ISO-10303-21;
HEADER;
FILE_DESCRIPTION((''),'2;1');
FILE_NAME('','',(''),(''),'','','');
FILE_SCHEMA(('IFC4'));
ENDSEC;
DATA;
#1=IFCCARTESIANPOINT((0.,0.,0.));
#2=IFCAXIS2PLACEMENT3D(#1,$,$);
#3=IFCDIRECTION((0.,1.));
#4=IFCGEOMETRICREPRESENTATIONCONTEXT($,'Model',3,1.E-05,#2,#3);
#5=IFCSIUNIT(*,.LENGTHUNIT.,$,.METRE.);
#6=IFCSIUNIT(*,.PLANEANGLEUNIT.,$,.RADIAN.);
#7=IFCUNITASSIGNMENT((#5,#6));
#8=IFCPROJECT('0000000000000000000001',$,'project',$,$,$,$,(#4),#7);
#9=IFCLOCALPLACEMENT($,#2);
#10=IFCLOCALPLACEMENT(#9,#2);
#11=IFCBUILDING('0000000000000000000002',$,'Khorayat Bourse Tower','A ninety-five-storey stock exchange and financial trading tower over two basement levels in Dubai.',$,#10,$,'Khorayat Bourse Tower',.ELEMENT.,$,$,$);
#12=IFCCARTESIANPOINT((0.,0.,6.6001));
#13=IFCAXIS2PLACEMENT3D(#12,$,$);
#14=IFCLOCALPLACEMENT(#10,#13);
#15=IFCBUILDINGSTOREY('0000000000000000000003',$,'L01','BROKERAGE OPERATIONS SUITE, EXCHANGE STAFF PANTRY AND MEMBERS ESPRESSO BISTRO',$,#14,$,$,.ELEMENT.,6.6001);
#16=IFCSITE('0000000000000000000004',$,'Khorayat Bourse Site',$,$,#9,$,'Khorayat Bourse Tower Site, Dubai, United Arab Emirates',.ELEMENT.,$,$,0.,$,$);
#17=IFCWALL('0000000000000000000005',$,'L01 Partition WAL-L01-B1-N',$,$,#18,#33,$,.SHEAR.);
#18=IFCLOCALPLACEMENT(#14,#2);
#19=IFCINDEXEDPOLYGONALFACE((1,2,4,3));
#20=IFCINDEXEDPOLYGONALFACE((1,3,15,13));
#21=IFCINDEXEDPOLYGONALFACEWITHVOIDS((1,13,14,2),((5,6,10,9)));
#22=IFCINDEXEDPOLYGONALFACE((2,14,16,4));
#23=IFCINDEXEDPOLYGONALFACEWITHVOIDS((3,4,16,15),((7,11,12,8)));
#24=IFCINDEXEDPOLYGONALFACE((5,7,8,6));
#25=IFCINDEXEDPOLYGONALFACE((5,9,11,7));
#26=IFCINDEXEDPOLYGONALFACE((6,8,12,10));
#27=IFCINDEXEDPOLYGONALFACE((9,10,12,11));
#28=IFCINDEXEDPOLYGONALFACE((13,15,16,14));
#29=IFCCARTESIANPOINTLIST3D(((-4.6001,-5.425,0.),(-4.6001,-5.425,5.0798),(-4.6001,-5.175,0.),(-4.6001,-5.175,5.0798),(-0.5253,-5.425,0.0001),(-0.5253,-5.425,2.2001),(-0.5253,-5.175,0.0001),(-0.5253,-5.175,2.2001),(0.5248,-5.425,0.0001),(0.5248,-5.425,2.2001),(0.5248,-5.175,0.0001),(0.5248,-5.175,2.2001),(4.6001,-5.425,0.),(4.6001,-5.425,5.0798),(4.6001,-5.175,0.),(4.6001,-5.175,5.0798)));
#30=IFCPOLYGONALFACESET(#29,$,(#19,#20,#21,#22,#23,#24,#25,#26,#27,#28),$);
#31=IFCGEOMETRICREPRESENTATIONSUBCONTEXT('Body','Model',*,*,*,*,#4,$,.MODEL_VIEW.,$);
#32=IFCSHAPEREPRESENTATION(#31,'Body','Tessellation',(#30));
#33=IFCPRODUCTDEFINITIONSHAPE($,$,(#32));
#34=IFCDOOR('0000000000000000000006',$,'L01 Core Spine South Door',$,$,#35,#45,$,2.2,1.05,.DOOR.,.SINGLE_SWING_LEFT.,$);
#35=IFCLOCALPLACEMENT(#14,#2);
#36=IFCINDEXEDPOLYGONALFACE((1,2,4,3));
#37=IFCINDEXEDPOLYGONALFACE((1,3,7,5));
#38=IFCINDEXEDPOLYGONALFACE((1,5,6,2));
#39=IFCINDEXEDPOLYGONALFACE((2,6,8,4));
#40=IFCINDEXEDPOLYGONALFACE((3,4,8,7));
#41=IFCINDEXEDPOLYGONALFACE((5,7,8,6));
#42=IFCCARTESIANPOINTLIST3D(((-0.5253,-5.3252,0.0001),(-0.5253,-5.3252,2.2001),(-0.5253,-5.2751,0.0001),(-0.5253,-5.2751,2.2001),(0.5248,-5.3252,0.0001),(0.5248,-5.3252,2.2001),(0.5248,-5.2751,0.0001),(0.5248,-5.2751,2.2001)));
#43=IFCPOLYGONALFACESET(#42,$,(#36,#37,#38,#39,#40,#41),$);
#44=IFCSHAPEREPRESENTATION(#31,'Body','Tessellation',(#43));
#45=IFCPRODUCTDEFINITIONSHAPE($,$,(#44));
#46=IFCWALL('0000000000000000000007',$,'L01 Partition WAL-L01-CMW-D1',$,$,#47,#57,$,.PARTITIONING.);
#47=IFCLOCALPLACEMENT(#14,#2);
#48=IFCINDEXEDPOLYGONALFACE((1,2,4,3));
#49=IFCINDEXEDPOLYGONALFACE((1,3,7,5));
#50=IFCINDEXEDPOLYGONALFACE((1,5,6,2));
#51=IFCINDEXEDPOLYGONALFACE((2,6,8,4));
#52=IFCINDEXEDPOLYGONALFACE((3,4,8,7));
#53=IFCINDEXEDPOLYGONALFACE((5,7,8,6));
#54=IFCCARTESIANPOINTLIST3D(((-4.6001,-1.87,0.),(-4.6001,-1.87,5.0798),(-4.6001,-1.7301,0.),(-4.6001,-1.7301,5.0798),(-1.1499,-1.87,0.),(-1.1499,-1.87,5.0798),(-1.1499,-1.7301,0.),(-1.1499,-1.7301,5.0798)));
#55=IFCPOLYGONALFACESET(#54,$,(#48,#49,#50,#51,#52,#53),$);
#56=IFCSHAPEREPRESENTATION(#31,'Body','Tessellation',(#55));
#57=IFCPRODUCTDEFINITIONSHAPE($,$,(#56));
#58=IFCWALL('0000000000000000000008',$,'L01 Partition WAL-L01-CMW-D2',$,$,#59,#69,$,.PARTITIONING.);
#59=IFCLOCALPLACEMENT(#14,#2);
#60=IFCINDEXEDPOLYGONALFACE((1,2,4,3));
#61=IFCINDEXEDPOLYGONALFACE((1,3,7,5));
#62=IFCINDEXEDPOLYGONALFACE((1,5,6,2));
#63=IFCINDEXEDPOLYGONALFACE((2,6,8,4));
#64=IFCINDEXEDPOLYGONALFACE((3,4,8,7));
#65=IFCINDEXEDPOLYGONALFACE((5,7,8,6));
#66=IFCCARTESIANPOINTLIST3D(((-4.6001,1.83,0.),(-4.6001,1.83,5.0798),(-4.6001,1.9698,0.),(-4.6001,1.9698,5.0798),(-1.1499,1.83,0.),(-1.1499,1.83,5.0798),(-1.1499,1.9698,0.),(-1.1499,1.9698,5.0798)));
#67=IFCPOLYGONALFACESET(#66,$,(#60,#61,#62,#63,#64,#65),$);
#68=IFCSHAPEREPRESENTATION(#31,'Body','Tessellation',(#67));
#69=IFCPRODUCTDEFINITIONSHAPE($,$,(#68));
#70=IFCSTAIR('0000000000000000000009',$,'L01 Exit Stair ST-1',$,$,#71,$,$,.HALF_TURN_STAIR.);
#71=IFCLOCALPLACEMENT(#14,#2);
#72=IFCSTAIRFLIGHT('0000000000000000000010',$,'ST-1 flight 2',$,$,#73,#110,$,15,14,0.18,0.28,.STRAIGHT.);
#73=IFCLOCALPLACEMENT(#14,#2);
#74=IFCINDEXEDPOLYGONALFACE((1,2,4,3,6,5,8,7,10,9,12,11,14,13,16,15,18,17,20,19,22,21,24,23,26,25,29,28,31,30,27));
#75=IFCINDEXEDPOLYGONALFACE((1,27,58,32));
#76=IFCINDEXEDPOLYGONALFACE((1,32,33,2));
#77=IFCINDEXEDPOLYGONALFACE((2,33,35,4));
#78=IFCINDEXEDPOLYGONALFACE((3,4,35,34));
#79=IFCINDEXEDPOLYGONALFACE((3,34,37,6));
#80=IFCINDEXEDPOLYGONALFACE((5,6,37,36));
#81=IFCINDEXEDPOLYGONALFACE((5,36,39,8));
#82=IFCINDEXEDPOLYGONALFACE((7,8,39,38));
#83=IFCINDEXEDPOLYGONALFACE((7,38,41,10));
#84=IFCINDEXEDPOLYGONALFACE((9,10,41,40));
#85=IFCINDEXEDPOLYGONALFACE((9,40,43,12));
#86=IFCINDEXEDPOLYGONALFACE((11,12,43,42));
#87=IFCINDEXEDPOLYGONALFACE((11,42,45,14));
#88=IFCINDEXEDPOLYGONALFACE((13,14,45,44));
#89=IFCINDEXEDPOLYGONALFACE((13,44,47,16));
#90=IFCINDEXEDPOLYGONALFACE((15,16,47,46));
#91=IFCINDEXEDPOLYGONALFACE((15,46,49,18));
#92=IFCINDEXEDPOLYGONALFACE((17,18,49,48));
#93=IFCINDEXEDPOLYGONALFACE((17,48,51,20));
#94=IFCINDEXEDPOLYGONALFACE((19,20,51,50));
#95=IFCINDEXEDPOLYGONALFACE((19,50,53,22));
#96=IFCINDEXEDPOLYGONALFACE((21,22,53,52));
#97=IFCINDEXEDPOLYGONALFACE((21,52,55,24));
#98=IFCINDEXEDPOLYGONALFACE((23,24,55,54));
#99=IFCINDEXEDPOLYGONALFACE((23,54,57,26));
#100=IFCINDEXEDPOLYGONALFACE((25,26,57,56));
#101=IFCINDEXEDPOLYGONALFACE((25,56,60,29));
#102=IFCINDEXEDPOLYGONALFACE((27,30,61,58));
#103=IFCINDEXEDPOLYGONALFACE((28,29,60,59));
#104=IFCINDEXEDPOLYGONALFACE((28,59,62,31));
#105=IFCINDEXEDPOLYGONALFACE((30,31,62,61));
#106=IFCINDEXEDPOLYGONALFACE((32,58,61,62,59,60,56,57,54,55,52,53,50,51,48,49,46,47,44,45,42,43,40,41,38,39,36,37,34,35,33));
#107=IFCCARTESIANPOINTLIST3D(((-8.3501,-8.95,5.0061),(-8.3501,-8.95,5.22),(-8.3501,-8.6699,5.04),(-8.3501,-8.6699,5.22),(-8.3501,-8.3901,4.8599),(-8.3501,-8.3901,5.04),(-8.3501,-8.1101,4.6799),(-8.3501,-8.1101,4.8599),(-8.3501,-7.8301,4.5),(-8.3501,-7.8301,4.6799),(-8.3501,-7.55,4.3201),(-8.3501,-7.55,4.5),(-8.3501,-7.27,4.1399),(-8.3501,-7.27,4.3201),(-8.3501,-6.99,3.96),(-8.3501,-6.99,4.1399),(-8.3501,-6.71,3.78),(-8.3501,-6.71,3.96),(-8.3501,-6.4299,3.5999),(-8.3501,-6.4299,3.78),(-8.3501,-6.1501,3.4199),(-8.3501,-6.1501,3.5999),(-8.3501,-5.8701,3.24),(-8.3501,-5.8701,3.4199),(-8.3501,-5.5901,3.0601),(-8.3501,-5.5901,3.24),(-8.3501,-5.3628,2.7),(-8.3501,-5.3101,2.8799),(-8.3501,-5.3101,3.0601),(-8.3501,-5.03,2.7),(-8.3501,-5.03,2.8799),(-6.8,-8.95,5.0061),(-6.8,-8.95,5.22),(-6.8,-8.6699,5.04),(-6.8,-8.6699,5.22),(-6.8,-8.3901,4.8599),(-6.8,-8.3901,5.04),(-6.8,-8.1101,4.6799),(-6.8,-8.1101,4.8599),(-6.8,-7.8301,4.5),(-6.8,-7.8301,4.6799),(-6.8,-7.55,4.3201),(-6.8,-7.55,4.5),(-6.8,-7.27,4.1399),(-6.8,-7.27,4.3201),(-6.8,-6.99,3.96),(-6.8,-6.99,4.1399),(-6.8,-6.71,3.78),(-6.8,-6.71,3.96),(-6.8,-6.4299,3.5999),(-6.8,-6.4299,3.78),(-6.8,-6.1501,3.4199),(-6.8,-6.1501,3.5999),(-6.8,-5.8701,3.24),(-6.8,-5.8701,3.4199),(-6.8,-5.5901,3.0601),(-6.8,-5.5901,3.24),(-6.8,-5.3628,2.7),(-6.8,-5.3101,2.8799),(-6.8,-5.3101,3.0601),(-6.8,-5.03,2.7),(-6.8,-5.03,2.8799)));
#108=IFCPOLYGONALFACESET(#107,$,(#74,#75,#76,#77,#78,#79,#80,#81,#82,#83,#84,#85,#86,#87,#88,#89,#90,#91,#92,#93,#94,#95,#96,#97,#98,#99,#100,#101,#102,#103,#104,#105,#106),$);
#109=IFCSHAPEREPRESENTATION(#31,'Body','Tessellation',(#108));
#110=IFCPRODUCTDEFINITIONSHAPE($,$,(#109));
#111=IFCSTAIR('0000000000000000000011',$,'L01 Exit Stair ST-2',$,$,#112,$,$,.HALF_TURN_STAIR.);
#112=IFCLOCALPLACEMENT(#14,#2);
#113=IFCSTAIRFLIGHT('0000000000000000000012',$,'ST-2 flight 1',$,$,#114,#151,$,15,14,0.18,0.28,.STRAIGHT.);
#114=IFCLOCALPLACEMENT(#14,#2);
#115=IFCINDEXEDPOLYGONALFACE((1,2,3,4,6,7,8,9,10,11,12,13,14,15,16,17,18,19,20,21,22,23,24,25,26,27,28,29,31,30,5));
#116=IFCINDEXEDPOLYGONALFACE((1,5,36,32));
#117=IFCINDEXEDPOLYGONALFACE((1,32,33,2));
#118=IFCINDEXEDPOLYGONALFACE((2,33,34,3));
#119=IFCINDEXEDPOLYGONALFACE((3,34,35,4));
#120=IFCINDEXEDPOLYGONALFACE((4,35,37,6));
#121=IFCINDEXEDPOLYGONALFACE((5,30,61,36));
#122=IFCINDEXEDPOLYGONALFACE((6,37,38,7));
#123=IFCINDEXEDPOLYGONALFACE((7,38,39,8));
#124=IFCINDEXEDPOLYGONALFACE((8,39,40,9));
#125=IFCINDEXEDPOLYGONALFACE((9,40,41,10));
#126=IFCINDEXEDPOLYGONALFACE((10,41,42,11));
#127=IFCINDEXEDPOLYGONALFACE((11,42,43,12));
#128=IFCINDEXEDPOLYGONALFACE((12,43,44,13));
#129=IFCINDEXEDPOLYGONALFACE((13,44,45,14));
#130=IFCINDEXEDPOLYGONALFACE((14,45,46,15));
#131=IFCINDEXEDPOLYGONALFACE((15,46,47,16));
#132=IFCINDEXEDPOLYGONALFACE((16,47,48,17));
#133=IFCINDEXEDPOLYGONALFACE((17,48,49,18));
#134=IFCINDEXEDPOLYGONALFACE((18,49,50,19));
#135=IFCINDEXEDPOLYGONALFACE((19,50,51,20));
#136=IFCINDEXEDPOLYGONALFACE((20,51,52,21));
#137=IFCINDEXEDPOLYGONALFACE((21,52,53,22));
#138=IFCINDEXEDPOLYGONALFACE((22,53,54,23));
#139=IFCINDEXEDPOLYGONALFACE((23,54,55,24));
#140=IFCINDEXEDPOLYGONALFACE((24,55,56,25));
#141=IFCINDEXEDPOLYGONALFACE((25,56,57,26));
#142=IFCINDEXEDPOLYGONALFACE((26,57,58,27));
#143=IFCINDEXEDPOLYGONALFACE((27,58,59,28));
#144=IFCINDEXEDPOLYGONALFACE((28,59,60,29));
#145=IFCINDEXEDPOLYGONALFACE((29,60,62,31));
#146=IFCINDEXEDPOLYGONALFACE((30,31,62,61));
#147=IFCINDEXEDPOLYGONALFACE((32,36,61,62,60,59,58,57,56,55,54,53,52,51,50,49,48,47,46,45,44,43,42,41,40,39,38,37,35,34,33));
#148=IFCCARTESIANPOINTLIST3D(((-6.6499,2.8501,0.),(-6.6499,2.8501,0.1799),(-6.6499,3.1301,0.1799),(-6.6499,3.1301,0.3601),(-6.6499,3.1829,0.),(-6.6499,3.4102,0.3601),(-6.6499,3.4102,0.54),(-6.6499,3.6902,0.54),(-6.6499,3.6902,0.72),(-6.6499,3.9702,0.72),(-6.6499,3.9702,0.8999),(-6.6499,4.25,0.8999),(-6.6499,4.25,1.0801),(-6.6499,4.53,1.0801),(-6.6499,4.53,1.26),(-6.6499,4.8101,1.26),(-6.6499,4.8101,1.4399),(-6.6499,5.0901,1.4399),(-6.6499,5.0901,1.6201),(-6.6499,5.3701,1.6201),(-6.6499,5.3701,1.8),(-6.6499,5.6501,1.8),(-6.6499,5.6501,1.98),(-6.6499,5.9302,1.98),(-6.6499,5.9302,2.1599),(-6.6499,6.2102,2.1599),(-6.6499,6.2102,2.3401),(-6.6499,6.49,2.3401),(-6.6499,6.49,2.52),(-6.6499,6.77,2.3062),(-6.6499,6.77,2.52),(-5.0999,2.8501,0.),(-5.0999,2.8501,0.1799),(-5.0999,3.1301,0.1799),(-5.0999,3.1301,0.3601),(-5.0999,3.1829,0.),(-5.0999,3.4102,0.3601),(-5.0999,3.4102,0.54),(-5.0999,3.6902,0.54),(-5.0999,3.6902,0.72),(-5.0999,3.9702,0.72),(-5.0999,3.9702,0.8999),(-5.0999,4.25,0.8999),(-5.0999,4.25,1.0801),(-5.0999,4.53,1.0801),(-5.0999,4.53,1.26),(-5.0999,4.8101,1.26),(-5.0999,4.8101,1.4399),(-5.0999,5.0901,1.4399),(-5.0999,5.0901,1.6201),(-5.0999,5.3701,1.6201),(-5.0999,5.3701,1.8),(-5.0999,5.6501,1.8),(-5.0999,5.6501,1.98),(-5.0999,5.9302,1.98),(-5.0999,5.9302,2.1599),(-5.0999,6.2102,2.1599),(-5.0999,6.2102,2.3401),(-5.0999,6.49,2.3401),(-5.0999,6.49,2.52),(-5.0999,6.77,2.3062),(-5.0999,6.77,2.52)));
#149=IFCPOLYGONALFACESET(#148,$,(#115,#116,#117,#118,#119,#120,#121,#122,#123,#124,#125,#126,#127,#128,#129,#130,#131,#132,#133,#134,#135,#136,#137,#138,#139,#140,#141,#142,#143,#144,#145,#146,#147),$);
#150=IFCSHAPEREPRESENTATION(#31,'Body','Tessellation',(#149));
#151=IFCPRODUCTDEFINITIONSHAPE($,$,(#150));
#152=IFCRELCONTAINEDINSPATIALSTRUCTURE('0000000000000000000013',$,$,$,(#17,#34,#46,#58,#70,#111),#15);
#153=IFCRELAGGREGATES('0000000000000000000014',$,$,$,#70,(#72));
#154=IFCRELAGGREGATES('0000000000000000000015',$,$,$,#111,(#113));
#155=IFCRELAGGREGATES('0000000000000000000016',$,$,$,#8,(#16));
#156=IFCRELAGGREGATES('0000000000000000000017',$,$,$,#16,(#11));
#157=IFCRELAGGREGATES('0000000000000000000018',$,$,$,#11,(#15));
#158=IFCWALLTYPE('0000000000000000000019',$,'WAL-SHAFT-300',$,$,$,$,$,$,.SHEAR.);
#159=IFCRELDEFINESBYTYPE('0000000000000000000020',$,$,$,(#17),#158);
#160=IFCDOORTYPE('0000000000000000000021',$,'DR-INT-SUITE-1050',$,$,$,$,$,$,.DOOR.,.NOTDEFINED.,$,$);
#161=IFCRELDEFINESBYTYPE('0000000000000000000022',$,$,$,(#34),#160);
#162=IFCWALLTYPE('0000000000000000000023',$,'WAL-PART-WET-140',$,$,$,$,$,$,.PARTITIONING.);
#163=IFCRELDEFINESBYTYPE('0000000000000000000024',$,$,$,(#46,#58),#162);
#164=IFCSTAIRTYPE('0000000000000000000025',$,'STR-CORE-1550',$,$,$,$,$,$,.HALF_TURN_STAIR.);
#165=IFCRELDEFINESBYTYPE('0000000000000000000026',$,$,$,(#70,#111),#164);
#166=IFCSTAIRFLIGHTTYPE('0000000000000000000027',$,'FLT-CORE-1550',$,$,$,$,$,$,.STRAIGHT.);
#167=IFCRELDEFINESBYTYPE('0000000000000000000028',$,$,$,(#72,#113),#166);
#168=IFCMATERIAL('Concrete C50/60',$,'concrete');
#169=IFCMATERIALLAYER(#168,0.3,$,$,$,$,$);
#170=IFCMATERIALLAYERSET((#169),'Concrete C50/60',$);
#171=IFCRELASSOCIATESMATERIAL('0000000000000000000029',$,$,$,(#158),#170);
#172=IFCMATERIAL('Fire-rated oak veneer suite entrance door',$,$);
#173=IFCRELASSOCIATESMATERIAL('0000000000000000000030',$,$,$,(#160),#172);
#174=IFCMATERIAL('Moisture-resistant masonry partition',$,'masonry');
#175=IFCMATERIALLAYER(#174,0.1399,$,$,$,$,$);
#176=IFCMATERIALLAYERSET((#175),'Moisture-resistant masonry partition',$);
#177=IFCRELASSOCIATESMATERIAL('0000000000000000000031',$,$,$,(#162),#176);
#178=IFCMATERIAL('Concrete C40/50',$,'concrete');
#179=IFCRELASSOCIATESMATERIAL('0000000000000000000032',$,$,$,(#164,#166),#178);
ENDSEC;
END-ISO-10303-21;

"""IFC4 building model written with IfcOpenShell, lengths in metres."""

from ifc_helpers import new_model, si_unit, direction, frame, frame_2d, origin, place, context, subcontext, project, spatial, polyline, rectangle, outline, extrude, source, transform, mapped, material, layer, layer_set, type_object, element, fill, aggregate, save


model = new_model("IFC4")

# Units and contexts
model_context = context("Model", 3, precision=1e-05, world=origin(), true_north=direction((0.0, 1.0)))
body_context = subcontext(model_context, "Body", "Model", "MODEL_VIEW")
ifc_project = project(units=[si_unit("LENGTHUNIT", "METRE"), si_unit("PLANEANGLEUNIT", "RADIAN")], contexts=[model_context])

# Site, building, storey
site_placement = place(None, origin())
site = spatial("IfcSite", under=ifc_project, at=site_placement, Name="Khorayat Bourse Site", LongName="Khorayat Bourse Tower Site, Dubai, United Arab Emirates", CompositionType="ELEMENT", RefElevation=0.0)
building_placement = place(site_placement, origin())
building = spatial("IfcBuilding", under=site, at=building_placement, Name="Khorayat Bourse Tower", Description="A ninety-five-storey stock exchange and financial trading tower over two basement levels in Dubai.", LongName="Khorayat Bourse Tower", CompositionType="ELEMENT")
storey_placement = place(building_placement, frame((0.0, 0.0, 6.6001)))
storey = spatial("IfcBuildingStorey", under=building, at=storey_placement, Name="L01", Description="BROKERAGE OPERATIONS SUITE, EXCHANGE STAFF PANTRY AND MEMBERS ESPRESSO BISTRO", CompositionType="ELEMENT", Elevation=6.6001)

# Wall, opening, door
ifc_material_1 = material(Name="Concrete C50/60", Category="concrete")
ifc_layer_1 = layer(ifc_material_1, 0.3)
ifc_layer_set_1 = layer_set([ifc_layer_1], Name="Concrete C50/60")
wall_type_1 = type_object("IfcWallType", Name="WAL-SHAFT-300", PredefinedType="SHEAR", material=ifc_layer_set_1)
shared_shape_1 = source(origin(), body_context, "Body", "SweptSolid", [
    extrude(rectangle(XDim=9.2002, YDim=0.25, at=frame_2d((4.6001, 0.0))), origin(), (0.0, 0.0, 1.0), 5.0798),
])
wall_1_placement = place(storey_placement, frame((-4.6001, -5.3, 0.0), z_axis=(0.0, 0.0, 1.0), x_axis=(1.0, 0.0, 0.0)))
wall_1 = element("IfcWall", 1, at=wall_1_placement, inside=storey, type_object=wall_type_1, Name="L01 Partition WAL-L01-B1-N", PredefinedType="SHEAR", context=body_context, shape_type="MappedRepresentation", body=[
    mapped(shared_shape_1, transform((0.0, 0.0, 0.0), scale=1.0)),
])
shared_shape_2 = source(origin(), body_context, "Body", "SweptSolid", [
    extrude(rectangle(XDim=1.05, YDim=2.2, at=frame_2d((0.5249, 1.1001))), frame((0.0, 0.135, 0.0), z_axis=(0.0, -1.0, 0.0), x_axis=(1.0, 0.0, 0.0)), (0.0, 0.0, 1.0), 0.27),
])
opening_1_placement = place(wall_1_placement, frame((4.075, 0.0, 0.0)))
opening_1 = element("IfcOpeningElement", 2, at=opening_1_placement, cuts=wall_1, PredefinedType="OPENING", context=body_context, shape_type="MappedRepresentation", body=[
    mapped(shared_shape_2, transform((0.0, 0.0, 0.0), scale=1.0)),
])
ifc_material_2 = material(Name="Fire-rated oak veneer suite entrance door")
door_type_1 = type_object("IfcDoorType", Name="DR-INT-SUITE-1050", OperationType="NOTDEFINED", PredefinedType="DOOR", material=ifc_material_2)
shared_shape_3 = source(origin(), body_context, "Body", "SweptSolid", [
    extrude(rectangle(XDim=1.05, YDim=2.2, at=frame_2d((0.5249, 1.1001))), frame((0.0, 0.0249, 0.0), z_axis=(0.0, -1.0, 0.0), x_axis=(1.0, 0.0, 0.0)), (0.0, 0.0, 1.0), 0.05),
])
door_1_placement = place(opening_1_placement, origin())
door_1 = element("IfcDoor", 3, at=door_1_placement, inside=storey, type_object=door_type_1, Name="L01 Core Spine South Door", OperationType="SINGLE_SWING_LEFT", OverallHeight=2.2, OverallWidth=1.05, PredefinedType="DOOR", context=body_context, shape_type="MappedRepresentation", body=[
    mapped(shared_shape_3, transform((0.0, 0.0, 0.0), scale=1.0)),
])
fill(opening_1, door_1)

# Walls
ifc_material_3 = material(Name="Moisture-resistant masonry partition", Category="masonry")
ifc_layer_2 = layer(ifc_material_3, 0.1399)
ifc_layer_set_2 = layer_set([ifc_layer_2], Name="Moisture-resistant masonry partition")
wall_type_2 = type_object("IfcWallType", Name="WAL-PART-WET-140", PredefinedType="PARTITIONING", material=ifc_layer_set_2)
shared_shape_4 = source(origin(), body_context, "Body", "SweptSolid", [
    extrude(rectangle(XDim=3.4502, YDim=0.1399, at=frame_2d((1.7251, 0.0))), origin(), (0.0, 0.0, 1.0), 5.0798),
])
for number, where, z_axis, x_axis, name in (
    (4, (-4.6001, -1.8, 0.0), (0.0, 0.0, 1.0), (1.0, 0.0, 0.0), "L01 Partition WAL-L01-CMW-D1"),
    (5, (-4.6001, 1.8999, 0.0), (0.0, 0.0, 1.0), (1.0, 0.0, 0.0), "L01 Partition WAL-L01-CMW-D2"),
):
    element("IfcWall", number, at=place(storey_placement, frame(where, z_axis=z_axis, x_axis=x_axis)), inside=storey, type_object=wall_type_2, Name=name, PredefinedType="PARTITIONING", context=body_context, shape_type="MappedRepresentation", body=[
        mapped(shared_shape_4, transform((0.0, 0.0, 0.0), scale=1.0)),
    ])

# Stairs, stair flights
ifc_material_4 = material(Name="Concrete C40/50", Category="concrete")
stair_type = type_object("IfcStairType", Name="STR-CORE-1550", PredefinedType="HALF_TURN_STAIR", material=ifc_material_4)
stair_1_placement = place(storey_placement, origin())
stair_1 = element("IfcStair", 6, at=stair_1_placement, inside=storey, type_object=stair_type, Name="L01 Exit Stair ST-1", PredefinedType="HALF_TURN_STAIR")
stair_flight_type = type_object("IfcStairFlightType", Name="FLT-CORE-1550", PredefinedType="STRAIGHT", material=ifc_material_4)
shared_shape_5 = source(origin(), body_context, "Body", "SweptSolid", [
    extrude(outline(polyline([(0.0, 0.0), (0.0, 0.1799), (0.28, 0.1799), (0.28, 0.3601), (0.5601, 0.3601), (0.5601, 0.54), (0.8401, 0.54), (0.8401, 0.72), (1.1201, 0.72), (1.1201, 0.8999), (1.3999, 0.8999), (1.3999, 1.0801), (1.6799, 1.0801), (1.6799, 1.26), (1.96, 1.26), (1.96, 1.4399), (2.24, 1.4399), (2.24, 1.6201), (2.52, 1.6201), (2.52, 1.8), (2.8, 1.8), (2.8, 1.98), (3.0801, 1.98), (3.0801, 2.1599), (3.3601, 2.1599), (3.3601, 2.3401), (3.6399, 2.3401), (3.6399, 2.52), (3.9199, 2.52), (3.9199, 2.7), (3.9199, 2.3062), (0.3328, 0.0), (0.0, 0.0)])), frame((0.0, 0.7749, 0.0), z_axis=(0.0, -1.0, 0.0), x_axis=(1.0, 0.0, 0.0)), (0.0, 0.0, 1.0), 1.55),
])
stair_flight_1_placement = place(storey_placement, frame((-7.575, -5.03, 2.7), z_axis=(0.0, 0.0, 1.0), x_axis=(0.0, -1.0, 0.0)))
stair_flight_1 = element("IfcStairFlight", 7, at=stair_flight_1_placement, type_object=stair_flight_type, Name="ST-1 flight 2", NumberOfRisers=15, NumberOfTreads=14, PredefinedType="STRAIGHT", RiserHeight=0.18, TreadLength=0.28, context=body_context, shape_type="MappedRepresentation", body=[
    mapped(shared_shape_5, transform((0.0, 0.0, 0.0), scale=1.0)),
])
aggregate(stair_1, [stair_flight_1])
stair_2_placement = place(storey_placement, origin())
stair_2 = element("IfcStair", 8, at=stair_2_placement, inside=storey, type_object=stair_type, Name="L01 Exit Stair ST-2", PredefinedType="HALF_TURN_STAIR")
stair_flight_2_placement = place(storey_placement, frame((-5.875, 2.8501, 0.0), z_axis=(0.0, 0.0, 1.0), x_axis=(0.0, 1.0, 0.0)))
stair_flight_2 = element("IfcStairFlight", 9, at=stair_flight_2_placement, type_object=stair_flight_type, Name="ST-2 flight 1", NumberOfRisers=15, NumberOfTreads=14, PredefinedType="STRAIGHT", RiserHeight=0.18, TreadLength=0.28, context=body_context, shape_type="MappedRepresentation", body=[
    mapped(shared_shape_5, transform((0.0, 0.0, 0.0), scale=1.0)),
])
aggregate(stair_2, [stair_flight_2])

save(model, "model.ifc")
